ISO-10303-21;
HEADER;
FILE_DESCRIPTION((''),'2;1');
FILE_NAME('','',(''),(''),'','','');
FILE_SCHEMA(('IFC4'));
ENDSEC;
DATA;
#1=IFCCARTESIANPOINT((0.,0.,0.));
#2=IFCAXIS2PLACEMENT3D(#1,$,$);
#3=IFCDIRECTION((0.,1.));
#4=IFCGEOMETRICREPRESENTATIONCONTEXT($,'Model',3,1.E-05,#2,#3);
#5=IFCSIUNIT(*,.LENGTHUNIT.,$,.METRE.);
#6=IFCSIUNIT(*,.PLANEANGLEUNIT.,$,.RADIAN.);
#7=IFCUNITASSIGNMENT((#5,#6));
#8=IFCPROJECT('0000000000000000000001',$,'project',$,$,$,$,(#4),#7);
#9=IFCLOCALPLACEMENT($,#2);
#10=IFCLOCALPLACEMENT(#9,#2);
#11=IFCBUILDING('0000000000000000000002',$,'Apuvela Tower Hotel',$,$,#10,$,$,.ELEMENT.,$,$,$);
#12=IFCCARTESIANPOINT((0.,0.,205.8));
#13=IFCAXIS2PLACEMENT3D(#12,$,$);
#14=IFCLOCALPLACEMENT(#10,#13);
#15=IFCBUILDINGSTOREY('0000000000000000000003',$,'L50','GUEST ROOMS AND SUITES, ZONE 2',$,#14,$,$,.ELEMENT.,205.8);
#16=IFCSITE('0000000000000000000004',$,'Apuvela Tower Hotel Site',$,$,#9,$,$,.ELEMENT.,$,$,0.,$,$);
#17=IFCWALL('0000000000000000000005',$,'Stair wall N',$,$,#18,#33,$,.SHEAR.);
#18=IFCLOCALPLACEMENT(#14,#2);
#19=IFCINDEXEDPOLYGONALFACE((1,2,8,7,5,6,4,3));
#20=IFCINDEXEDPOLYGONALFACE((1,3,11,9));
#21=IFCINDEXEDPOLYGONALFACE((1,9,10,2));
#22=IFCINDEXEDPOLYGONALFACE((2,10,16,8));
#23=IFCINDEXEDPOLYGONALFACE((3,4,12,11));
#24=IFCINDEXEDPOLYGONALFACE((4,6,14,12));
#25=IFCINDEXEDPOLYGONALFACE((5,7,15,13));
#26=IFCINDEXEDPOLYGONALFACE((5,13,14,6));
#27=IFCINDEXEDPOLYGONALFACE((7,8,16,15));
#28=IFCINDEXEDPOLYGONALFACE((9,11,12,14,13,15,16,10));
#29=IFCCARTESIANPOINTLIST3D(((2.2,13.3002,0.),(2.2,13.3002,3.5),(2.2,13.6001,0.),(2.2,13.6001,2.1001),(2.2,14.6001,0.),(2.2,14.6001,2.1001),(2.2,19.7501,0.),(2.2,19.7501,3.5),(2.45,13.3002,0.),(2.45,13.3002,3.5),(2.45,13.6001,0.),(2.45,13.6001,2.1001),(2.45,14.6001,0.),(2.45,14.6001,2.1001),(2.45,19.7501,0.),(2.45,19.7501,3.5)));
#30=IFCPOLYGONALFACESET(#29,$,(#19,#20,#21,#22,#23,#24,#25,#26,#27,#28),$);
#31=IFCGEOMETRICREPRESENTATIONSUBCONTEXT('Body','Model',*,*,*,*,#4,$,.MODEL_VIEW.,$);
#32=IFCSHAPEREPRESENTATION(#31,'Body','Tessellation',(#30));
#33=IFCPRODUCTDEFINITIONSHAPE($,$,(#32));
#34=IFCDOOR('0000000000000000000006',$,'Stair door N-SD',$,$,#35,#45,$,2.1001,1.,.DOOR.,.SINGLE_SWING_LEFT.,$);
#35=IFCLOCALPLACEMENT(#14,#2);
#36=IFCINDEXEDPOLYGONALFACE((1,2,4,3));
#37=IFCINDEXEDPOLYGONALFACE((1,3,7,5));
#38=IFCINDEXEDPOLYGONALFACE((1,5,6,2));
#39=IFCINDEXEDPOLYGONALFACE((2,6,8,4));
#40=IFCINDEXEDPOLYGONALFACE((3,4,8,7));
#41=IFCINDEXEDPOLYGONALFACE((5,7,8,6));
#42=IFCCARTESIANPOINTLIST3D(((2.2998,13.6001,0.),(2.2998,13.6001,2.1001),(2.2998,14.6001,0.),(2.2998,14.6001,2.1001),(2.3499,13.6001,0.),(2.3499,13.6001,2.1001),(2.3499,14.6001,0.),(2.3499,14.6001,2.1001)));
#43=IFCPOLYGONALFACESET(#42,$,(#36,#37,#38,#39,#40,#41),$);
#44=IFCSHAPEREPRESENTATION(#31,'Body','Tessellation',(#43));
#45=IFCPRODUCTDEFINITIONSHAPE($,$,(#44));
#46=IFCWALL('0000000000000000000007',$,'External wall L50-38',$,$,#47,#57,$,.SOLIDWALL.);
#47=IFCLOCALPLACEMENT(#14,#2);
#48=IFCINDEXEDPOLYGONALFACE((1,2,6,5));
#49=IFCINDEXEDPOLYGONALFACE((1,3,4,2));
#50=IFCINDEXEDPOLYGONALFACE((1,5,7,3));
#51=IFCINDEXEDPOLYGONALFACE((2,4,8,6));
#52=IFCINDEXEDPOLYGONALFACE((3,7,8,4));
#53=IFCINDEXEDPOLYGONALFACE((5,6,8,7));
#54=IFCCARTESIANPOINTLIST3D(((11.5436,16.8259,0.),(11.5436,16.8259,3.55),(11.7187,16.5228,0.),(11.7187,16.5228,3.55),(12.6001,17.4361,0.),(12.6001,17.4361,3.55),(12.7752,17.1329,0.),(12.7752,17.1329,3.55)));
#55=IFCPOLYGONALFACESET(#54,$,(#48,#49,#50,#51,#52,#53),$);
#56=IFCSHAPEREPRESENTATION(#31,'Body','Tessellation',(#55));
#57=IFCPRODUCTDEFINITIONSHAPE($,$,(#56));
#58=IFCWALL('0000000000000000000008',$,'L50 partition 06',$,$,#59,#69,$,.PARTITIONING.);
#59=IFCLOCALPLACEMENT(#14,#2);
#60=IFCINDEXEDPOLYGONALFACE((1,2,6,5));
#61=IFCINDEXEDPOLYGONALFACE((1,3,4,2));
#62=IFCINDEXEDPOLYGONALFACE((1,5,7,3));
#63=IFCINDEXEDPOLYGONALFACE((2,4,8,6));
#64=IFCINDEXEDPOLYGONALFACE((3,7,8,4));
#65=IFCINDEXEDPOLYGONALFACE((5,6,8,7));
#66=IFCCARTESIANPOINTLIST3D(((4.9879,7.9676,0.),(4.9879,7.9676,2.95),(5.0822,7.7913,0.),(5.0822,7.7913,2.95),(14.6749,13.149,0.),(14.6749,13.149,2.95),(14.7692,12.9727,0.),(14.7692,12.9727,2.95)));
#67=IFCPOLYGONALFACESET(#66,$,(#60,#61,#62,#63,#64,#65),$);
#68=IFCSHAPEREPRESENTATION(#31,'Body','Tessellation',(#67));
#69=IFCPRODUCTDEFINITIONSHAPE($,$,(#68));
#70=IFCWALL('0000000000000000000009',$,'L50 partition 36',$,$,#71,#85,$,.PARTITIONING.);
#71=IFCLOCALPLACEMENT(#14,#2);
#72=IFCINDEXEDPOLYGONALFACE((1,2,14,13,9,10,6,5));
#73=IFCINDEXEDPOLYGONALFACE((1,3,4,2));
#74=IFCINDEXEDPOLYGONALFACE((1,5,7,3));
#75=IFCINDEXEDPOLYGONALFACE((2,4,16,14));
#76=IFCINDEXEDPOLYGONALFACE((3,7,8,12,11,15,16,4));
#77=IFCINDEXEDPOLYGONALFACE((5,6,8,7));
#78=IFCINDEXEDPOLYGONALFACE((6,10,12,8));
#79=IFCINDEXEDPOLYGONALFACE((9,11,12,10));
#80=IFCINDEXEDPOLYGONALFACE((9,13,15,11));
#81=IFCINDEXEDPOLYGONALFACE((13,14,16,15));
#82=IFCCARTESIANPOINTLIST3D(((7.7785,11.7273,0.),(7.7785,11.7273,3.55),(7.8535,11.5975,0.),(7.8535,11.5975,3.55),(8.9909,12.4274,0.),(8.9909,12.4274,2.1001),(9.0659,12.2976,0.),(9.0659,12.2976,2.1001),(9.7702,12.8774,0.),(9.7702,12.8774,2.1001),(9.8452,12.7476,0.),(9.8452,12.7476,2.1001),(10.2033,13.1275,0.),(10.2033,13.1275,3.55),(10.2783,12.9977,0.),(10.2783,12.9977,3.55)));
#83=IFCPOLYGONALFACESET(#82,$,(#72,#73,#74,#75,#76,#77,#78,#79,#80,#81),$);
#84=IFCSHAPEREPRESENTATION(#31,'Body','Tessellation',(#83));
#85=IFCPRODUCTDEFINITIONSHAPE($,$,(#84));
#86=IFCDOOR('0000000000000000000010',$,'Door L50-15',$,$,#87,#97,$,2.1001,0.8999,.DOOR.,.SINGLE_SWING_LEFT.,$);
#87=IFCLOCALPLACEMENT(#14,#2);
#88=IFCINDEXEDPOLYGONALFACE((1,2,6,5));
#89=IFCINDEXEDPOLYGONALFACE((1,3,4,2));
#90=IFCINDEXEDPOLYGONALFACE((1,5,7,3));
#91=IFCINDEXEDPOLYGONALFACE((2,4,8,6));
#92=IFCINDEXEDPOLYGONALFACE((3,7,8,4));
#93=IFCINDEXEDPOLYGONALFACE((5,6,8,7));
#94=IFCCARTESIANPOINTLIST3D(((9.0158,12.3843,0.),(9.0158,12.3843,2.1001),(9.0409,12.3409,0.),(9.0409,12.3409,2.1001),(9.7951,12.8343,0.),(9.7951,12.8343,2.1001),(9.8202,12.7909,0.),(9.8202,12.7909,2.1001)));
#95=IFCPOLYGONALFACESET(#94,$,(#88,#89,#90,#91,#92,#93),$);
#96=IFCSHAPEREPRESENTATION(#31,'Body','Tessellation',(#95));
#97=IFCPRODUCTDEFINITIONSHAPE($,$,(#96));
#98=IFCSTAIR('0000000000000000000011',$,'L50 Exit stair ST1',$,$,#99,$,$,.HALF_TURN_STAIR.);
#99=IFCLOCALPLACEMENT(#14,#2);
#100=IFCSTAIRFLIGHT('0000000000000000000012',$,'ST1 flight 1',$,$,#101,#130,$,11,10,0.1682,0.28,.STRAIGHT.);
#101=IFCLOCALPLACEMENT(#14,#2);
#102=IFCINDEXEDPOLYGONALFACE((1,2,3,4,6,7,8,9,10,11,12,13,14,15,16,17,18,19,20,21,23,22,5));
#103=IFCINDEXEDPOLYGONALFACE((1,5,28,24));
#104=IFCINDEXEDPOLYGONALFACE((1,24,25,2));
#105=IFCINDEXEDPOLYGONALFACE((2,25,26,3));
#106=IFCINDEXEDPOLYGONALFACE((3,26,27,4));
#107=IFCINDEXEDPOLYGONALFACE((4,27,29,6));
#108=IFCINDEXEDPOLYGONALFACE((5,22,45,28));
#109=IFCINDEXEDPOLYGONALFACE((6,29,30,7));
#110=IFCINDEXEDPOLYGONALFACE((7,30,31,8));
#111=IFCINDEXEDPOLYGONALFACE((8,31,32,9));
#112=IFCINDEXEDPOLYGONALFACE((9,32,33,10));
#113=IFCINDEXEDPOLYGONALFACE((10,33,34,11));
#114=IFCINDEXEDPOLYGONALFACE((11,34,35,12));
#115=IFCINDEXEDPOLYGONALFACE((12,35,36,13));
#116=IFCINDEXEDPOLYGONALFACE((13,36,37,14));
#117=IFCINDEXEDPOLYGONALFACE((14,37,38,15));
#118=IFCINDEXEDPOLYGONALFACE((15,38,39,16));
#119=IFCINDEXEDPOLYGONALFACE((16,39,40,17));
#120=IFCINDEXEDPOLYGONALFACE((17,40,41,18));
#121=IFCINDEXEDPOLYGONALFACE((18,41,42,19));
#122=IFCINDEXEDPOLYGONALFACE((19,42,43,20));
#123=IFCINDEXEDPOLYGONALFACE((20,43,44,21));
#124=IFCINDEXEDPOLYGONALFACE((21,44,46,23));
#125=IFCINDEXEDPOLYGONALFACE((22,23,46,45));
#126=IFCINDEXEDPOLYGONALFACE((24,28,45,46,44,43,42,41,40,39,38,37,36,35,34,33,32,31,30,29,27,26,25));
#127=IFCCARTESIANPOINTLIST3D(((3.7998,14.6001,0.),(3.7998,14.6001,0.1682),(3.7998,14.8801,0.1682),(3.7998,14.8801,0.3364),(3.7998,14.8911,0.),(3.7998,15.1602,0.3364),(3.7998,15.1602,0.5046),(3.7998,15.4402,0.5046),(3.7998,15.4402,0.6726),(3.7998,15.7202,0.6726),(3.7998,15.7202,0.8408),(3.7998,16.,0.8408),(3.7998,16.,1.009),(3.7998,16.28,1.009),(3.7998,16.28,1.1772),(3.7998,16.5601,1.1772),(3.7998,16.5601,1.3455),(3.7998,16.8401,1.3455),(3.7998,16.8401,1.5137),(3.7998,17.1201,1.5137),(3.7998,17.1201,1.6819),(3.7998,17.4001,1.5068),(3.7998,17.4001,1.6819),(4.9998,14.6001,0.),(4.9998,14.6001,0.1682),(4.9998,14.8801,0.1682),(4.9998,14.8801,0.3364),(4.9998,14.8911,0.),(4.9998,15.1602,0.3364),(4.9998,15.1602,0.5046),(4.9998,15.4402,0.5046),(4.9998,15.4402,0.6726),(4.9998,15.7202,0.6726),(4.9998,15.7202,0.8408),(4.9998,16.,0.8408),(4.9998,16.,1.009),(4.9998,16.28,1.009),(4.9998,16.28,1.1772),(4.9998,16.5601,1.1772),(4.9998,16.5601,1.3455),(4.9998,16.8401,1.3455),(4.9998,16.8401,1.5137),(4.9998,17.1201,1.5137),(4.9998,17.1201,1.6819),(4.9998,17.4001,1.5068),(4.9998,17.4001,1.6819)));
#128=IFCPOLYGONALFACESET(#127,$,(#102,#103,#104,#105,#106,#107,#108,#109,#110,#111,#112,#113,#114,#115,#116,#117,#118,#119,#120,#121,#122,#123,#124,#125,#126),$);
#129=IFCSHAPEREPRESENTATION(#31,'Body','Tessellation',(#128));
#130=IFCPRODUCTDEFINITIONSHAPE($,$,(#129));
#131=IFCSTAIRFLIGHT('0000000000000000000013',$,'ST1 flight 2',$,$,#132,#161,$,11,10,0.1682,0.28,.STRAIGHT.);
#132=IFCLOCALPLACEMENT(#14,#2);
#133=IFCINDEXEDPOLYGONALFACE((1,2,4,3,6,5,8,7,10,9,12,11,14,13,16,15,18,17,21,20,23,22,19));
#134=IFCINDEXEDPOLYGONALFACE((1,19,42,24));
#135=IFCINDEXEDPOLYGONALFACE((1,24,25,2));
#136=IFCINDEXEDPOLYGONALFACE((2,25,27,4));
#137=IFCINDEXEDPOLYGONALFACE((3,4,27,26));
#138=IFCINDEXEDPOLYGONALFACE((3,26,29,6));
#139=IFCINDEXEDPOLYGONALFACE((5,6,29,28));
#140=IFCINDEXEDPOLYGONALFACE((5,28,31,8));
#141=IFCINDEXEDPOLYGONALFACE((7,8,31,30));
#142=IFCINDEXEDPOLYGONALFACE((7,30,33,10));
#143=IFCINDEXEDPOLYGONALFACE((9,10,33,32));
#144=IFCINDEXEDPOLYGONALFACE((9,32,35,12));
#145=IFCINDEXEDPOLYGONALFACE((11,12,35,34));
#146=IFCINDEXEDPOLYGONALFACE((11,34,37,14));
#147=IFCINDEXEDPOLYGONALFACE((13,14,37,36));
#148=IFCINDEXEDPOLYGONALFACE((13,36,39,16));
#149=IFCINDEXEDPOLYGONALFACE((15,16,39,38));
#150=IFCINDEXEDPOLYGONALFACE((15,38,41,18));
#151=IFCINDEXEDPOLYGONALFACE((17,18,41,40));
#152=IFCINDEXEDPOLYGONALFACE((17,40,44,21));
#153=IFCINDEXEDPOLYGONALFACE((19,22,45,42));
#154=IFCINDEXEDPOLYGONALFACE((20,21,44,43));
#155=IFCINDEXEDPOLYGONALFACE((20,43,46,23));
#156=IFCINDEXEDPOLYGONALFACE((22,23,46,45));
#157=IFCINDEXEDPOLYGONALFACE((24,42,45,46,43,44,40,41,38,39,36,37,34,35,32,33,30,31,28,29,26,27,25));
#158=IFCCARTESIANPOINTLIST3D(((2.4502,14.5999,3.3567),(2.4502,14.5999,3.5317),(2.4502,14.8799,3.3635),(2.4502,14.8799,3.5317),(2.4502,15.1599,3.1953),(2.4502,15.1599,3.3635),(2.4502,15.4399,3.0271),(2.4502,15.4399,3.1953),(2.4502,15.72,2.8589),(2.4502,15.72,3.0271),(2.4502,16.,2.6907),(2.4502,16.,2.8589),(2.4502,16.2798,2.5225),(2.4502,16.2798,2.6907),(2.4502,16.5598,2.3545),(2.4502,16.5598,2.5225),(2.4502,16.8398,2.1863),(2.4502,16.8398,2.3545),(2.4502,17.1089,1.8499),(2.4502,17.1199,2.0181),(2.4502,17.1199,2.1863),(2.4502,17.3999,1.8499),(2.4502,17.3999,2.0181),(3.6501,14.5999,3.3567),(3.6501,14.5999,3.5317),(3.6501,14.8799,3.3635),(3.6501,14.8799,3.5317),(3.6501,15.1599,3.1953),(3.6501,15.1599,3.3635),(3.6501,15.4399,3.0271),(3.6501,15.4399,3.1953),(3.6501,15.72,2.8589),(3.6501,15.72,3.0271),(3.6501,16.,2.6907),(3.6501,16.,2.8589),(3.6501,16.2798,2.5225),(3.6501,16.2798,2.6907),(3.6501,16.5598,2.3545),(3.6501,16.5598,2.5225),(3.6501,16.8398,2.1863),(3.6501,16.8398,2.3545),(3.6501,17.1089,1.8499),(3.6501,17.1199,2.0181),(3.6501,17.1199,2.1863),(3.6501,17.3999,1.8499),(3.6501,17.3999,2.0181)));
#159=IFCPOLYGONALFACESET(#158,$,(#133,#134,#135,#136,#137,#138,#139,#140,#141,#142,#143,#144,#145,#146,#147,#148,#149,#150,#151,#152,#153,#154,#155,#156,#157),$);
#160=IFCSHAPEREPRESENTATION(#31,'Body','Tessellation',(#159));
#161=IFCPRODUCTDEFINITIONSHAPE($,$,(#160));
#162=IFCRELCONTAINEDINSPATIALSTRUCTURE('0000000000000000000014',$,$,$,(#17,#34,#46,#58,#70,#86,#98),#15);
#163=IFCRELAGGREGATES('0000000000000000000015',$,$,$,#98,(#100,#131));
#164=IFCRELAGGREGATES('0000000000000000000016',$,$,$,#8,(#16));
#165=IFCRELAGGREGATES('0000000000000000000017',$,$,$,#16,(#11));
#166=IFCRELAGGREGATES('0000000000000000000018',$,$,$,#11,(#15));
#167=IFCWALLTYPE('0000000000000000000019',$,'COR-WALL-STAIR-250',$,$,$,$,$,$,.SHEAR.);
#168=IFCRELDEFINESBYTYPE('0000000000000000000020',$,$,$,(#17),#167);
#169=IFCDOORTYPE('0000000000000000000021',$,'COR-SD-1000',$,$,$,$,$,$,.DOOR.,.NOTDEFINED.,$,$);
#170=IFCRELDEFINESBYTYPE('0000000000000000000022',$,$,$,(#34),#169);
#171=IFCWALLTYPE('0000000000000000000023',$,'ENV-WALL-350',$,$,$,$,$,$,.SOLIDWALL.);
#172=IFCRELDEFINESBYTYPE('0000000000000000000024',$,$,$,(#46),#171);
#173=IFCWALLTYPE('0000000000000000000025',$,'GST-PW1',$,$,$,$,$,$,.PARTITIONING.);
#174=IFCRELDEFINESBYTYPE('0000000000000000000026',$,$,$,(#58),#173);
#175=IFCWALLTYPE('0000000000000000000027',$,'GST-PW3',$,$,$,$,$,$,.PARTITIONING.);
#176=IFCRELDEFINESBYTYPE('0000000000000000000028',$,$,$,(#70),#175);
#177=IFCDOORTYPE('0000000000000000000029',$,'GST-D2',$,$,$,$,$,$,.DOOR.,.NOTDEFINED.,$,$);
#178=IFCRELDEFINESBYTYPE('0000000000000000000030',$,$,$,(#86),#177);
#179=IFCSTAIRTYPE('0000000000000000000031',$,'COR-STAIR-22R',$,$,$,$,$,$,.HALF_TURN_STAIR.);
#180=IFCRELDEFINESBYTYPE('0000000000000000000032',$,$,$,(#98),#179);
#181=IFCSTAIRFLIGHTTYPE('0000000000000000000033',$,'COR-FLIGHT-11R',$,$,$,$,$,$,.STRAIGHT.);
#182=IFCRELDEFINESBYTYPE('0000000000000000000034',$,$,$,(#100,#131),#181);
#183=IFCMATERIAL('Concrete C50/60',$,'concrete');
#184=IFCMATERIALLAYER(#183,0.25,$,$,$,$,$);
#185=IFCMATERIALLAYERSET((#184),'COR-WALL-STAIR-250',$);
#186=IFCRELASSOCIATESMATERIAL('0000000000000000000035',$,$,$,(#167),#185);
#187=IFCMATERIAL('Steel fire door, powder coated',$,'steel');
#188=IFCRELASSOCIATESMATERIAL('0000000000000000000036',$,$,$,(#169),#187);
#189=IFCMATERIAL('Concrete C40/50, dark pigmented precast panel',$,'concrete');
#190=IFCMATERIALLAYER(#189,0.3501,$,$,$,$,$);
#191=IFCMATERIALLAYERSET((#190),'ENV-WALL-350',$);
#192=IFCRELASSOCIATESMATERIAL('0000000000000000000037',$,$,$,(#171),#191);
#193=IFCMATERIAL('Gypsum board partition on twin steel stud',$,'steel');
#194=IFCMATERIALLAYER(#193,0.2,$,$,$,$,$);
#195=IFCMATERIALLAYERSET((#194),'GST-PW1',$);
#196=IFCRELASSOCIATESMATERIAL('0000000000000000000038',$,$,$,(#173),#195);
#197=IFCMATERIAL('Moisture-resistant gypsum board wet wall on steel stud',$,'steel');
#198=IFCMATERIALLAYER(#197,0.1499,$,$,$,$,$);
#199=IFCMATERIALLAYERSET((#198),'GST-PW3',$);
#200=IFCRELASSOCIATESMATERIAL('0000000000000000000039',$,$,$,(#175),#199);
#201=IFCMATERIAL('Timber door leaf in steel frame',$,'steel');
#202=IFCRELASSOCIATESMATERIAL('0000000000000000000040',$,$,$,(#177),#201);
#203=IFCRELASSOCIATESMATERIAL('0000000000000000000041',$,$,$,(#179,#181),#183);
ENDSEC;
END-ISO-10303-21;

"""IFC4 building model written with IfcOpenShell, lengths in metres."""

from ifc_helpers import new_model, si_unit, direction, frame, frame_2d, origin, place, context, subcontext, project, spatial, polyline, rectangle, outline, extrude, material, layer, layer_set, type_object, element, fill, aggregate, save


model = new_model("IFC4")

# Units and contexts
model_context = context("Model", 3, precision=1e-05, world=origin(), true_north=direction((0.0, 1.0)))
body_context = subcontext(model_context, "Body", "Model", "MODEL_VIEW")
ifc_project = project(units=[si_unit("LENGTHUNIT", "METRE"), si_unit("PLANEANGLEUNIT", "RADIAN")], contexts=[model_context])

# Site, building, storey
site_placement = place(None, origin())
site = spatial("IfcSite", under=ifc_project, at=site_placement, Name="Apuvela Tower Hotel Site", CompositionType="ELEMENT", RefElevation=0.0)
building_placement = place(site_placement, origin())
building = spatial("IfcBuilding", under=site, at=building_placement, Name="Apuvela Tower Hotel", CompositionType="ELEMENT")
storey_placement = place(building_placement, frame((0.0, 0.0, 205.8)))
storey = spatial("IfcBuildingStorey", under=building, at=storey_placement, Name="L50", Description="GUEST ROOMS AND SUITES, ZONE 2", CompositionType="ELEMENT", Elevation=205.8)

# Shared definitions
ifc_material_1 = material(Name="Concrete C50/60", Category="concrete")
ifc_material_2 = material(Name="Steel fire door, powder coated", Category="steel")

# Wall, opening, door
ifc_layer_1 = layer(ifc_material_1, 0.25)
ifc_layer_set_1 = layer_set([ifc_layer_1], Name="COR-WALL-STAIR-250")
wall_type_1 = type_object("IfcWallType", Name="COR-WALL-STAIR-250", PredefinedType="SHEAR", material=ifc_layer_set_1)
wall_1_placement = place(storey_placement, frame((2.325, 13.3, 0.0), z_axis=(0.0, 0.0, 1.0), x_axis=(0.0, 1.0, 0.0)))
wall_1 = element("IfcWall", 1, at=wall_1_placement, inside=storey, type_object=wall_type_1, Name="Stair wall N", PredefinedType="SHEAR", context=body_context, shape_type="SweptSolid", body=[
    extrude(rectangle(XDim=6.45, YDim=0.25, at=frame_2d((3.2251, 0.0))), origin(), (0.0, 0.0, 1.0), 3.5),
])
opening_1_placement = place(wall_1_placement, frame((0.3, 0.0, 0.0)))
opening_1 = element("IfcOpeningElement", 2, at=opening_1_placement, cuts=wall_1, PredefinedType="OPENING", context=body_context, shape_type="SweptSolid", body=[
    extrude(rectangle(XDim=1.0, YDim=2.1001, at=frame_2d((0.5, 1.05))), frame((0.0, 0.135, 0.0), z_axis=(0.0, -1.0, 0.0), x_axis=(1.0, 0.0, 0.0)), (0.0, 0.0, 1.0), 0.27),
])
door_type_1 = type_object("IfcDoorType", Name="COR-SD-1000", OperationType="NOTDEFINED", PredefinedType="DOOR", material=ifc_material_2)
door_1_placement = place(opening_1_placement, frame((1.0, 0.0, 0.0), z_axis=(0.0, 0.0, 1.0), x_axis=(-1.0, 0.0, 0.0)))
door_1 = element("IfcDoor", 3, at=door_1_placement, inside=storey, type_object=door_type_1, Name="Stair door N-SD", OperationType="SINGLE_SWING_LEFT", OverallHeight=2.1001, OverallWidth=1.0, PredefinedType="DOOR", context=body_context, shape_type="SweptSolid", body=[
    extrude(rectangle(XDim=1.0, YDim=2.1001, at=frame_2d((0.5, 1.05))), frame((0.0, 0.0249, 0.0), z_axis=(0.0, -1.0, 0.0), x_axis=(1.0, 0.0, 0.0)), (0.0, 0.0, 1.0), 0.05),
])
fill(opening_1, door_1)

# Wall
ifc_material_3 = material(Name="Concrete C40/50, dark pigmented precast panel", Category="concrete")
ifc_layer_2 = layer(ifc_material_3, 0.3501)
ifc_layer_set_2 = layer_set([ifc_layer_2], Name="ENV-WALL-350")
wall_type_2 = type_object("IfcWallType", Name="ENV-WALL-350", PredefinedType="SOLIDWALL", material=ifc_layer_set_2)
wall_2_placement = place(storey_placement, frame((12.6875, 17.2844, 0.0), z_axis=(0.0, 0.0, 1.0), x_axis=(-0.865956, -0.500121, 0.0)))
element("IfcWall", 4, at=wall_2_placement, inside=storey, type_object=wall_type_2, Name="External wall L50-38", PredefinedType="SOLIDWALL", context=body_context, shape_type="SweptSolid", body=[
    extrude(rectangle(XDim=1.22, YDim=0.3501, at=frame_2d((0.6099, 0.0))), origin(), (0.0, 0.0, 1.0), 3.55),
])

# Wall
ifc_material_4 = material(Name="Gypsum board partition on twin steel stud", Category="steel")
ifc_layer_3 = layer(ifc_material_4, 0.2)
ifc_layer_set_3 = layer_set([ifc_layer_3], Name="GST-PW1")
wall_type_3 = type_object("IfcWallType", Name="GST-PW1", PredefinedType="PARTITIONING", material=ifc_layer_set_3)
wall_3_placement = place(storey_placement, frame((14.7219, 13.0608, 0.0), z_axis=(0.0, 0.0, 1.0), x_axis=(-0.881786, -0.47165, 0.0)))
element("IfcWall", 5, at=wall_3_placement, inside=storey, type_object=wall_type_3, Name="L50 partition 06", PredefinedType="PARTITIONING", context=body_context, shape_type="SweptSolid", body=[
    extrude(rectangle(XDim=10.9856, YDim=0.2, at=frame_2d((5.4927, 0.0))), origin(), (0.0, 0.0, 1.0), 2.95),
])

# Wall, opening, door
ifc_material_5 = material(Name="Moisture-resistant gypsum board wet wall on steel stud", Category="steel")
ifc_layer_4 = layer(ifc_material_5, 0.1499)
ifc_layer_set_4 = layer_set([ifc_layer_4], Name="GST-PW3")
wall_type_4 = type_object("IfcWallType", Name="GST-PW3", PredefinedType="PARTITIONING", material=ifc_layer_set_4)
wall_4_placement = place(storey_placement, frame((10.2407, 13.0625, 0.0), z_axis=(0.0, 0.0, 1.0), x_axis=(-0.865997, -0.50005, 0.0)))
wall_4 = element("IfcWall", 6, at=wall_4_placement, inside=storey, type_object=wall_type_4, Name="L50 partition 36", PredefinedType="PARTITIONING", context=body_context, shape_type="SweptSolid", body=[
    extrude(rectangle(XDim=2.8, YDim=0.1499, at=frame_2d((1.3999, 0.0))), origin(), (0.0, 0.0, 1.0), 3.55),
])
opening_2_placement = place(wall_4_placement, frame((0.5, 0.0, 0.0)))
opening_2 = element("IfcOpeningElement", 7, at=opening_2_placement, cuts=wall_4, PredefinedType="OPENING", context=body_context, shape_type="SweptSolid", body=[
    extrude(rectangle(XDim=0.8999, YDim=2.1001, at=frame_2d((0.45, 1.05))), frame((0.0, 0.085, 0.0), z_axis=(0.0, -1.0, 0.0), x_axis=(1.0, 0.0, 0.0)), (0.0, 0.0, 1.0), 0.1699),
])
ifc_material_6 = material(Name="Timber door leaf in steel frame", Category="steel")
door_type_2 = type_object("IfcDoorType", Name="GST-D2", OperationType="NOTDEFINED", PredefinedType="DOOR", material=ifc_material_6)
door_2_placement = place(opening_2_placement, origin())
door_2 = element("IfcDoor", 8, at=door_2_placement, inside=storey, type_object=door_type_2, Name="Door L50-15", OperationType="SINGLE_SWING_LEFT", OverallHeight=2.1001, OverallWidth=0.8999, PredefinedType="DOOR", context=body_context, shape_type="SweptSolid", body=[
    extrude(rectangle(XDim=0.8999, YDim=2.1001, at=frame_2d((0.45, 1.05))), frame((0.0, 0.0249, 0.0), z_axis=(0.0, -1.0, 0.0), x_axis=(1.0, 0.0, 0.0)), (0.0, 0.0, 1.0), 0.05),
])
fill(opening_2, door_2)

# Stair, stair flights
stair_type = type_object("IfcStairType", Name="COR-STAIR-22R", PredefinedType="HALF_TURN_STAIR", material=ifc_material_1)
stair_placement = place(storey_placement, origin())
stair = element("IfcStair", 9, at=stair_placement, inside=storey, type_object=stair_type, Name="L50 Exit stair ST1", PredefinedType="HALF_TURN_STAIR")
stair_flight_type = type_object("IfcStairFlightType", Name="COR-FLIGHT-11R", PredefinedType="STRAIGHT", material=ifc_material_1)
stair_flight_1_placement = place(storey_placement, frame((4.3999, 14.6001, 0.0), z_axis=(0.0, 0.0, 1.0), x_axis=(0.0, 1.0, 0.0)))
stair_flight_1 = element("IfcStairFlight", 10, at=stair_flight_1_placement, type_object=stair_flight_type, Name="ST1 flight 1", NumberOfRisers=11, NumberOfTreads=10, PredefinedType="STRAIGHT", RiserHeight=0.1682, TreadLength=0.28, context=body_context, shape_type="SweptSolid", body=[
    extrude(outline(polyline([(0.0, 0.0), (0.0, 0.1682), (0.28, 0.1682), (0.28, 0.3364), (0.5601, 0.3364), (0.5601, 0.5046), (0.8401, 0.5046), (0.8401, 0.6726), (1.1201, 0.6726), (1.1201, 0.8408), (1.3999, 0.8408), (1.3999, 1.009), (1.6799, 1.009), (1.6799, 1.1772), (1.96, 1.1772), (1.96, 1.3455), (2.24, 1.3455), (2.24, 1.5137), (2.52, 1.5137), (2.52, 1.6819), (2.8, 1.6819), (2.8, 1.8501), (2.8, 1.5068), (0.291, 0.0), (0.0, 0.0)])), frame((0.0, 0.6001, 0.0), z_axis=(0.0, -1.0, 0.0), x_axis=(1.0, 0.0, 0.0)), (0.0, 0.0, 1.0), 1.2),
])
stair_flight_2_placement = place(storey_placement, frame((3.05, 17.3999, 1.8499), z_axis=(0.0, 0.0, 1.0), x_axis=(0.0, -1.0, 0.0)))
stair_flight_2 = element("IfcStairFlight", 11, at=stair_flight_2_placement, type_object=stair_flight_type, Name="ST1 flight 2", NumberOfRisers=11, NumberOfTreads=10, PredefinedType="STRAIGHT", RiserHeight=0.1682, TreadLength=0.28, context=body_context, shape_type="SweptSolid", body=[
    extrude(outline(polyline([(0.0, 0.0), (0.0, 0.1682), (0.28, 0.1682), (0.28, 0.3364), (0.5601, 0.3364), (0.5601, 0.5046), (0.8401, 0.5046), (0.8401, 0.6726), (1.1201, 0.6726), (1.1201, 0.8408), (1.3999, 0.8408), (1.3999, 1.009), (1.6799, 1.009), (1.6799, 1.1772), (1.96, 1.1772), (1.96, 1.3455), (2.24, 1.3455), (2.24, 1.5137), (2.52, 1.5137), (2.52, 1.6819), (2.8, 1.6819), (2.8, 1.8501), (2.8, 1.5068), (0.291, 0.0), (0.0, 0.0)])), frame((0.0, 0.6001, 0.0), z_axis=(0.0, -1.0, 0.0), x_axis=(1.0, 0.0, 0.0)), (0.0, 0.0, 1.0), 1.2),
])
aggregate(stair, [stair_flight_1, stair_flight_2])

save(model, "model.ifc")
